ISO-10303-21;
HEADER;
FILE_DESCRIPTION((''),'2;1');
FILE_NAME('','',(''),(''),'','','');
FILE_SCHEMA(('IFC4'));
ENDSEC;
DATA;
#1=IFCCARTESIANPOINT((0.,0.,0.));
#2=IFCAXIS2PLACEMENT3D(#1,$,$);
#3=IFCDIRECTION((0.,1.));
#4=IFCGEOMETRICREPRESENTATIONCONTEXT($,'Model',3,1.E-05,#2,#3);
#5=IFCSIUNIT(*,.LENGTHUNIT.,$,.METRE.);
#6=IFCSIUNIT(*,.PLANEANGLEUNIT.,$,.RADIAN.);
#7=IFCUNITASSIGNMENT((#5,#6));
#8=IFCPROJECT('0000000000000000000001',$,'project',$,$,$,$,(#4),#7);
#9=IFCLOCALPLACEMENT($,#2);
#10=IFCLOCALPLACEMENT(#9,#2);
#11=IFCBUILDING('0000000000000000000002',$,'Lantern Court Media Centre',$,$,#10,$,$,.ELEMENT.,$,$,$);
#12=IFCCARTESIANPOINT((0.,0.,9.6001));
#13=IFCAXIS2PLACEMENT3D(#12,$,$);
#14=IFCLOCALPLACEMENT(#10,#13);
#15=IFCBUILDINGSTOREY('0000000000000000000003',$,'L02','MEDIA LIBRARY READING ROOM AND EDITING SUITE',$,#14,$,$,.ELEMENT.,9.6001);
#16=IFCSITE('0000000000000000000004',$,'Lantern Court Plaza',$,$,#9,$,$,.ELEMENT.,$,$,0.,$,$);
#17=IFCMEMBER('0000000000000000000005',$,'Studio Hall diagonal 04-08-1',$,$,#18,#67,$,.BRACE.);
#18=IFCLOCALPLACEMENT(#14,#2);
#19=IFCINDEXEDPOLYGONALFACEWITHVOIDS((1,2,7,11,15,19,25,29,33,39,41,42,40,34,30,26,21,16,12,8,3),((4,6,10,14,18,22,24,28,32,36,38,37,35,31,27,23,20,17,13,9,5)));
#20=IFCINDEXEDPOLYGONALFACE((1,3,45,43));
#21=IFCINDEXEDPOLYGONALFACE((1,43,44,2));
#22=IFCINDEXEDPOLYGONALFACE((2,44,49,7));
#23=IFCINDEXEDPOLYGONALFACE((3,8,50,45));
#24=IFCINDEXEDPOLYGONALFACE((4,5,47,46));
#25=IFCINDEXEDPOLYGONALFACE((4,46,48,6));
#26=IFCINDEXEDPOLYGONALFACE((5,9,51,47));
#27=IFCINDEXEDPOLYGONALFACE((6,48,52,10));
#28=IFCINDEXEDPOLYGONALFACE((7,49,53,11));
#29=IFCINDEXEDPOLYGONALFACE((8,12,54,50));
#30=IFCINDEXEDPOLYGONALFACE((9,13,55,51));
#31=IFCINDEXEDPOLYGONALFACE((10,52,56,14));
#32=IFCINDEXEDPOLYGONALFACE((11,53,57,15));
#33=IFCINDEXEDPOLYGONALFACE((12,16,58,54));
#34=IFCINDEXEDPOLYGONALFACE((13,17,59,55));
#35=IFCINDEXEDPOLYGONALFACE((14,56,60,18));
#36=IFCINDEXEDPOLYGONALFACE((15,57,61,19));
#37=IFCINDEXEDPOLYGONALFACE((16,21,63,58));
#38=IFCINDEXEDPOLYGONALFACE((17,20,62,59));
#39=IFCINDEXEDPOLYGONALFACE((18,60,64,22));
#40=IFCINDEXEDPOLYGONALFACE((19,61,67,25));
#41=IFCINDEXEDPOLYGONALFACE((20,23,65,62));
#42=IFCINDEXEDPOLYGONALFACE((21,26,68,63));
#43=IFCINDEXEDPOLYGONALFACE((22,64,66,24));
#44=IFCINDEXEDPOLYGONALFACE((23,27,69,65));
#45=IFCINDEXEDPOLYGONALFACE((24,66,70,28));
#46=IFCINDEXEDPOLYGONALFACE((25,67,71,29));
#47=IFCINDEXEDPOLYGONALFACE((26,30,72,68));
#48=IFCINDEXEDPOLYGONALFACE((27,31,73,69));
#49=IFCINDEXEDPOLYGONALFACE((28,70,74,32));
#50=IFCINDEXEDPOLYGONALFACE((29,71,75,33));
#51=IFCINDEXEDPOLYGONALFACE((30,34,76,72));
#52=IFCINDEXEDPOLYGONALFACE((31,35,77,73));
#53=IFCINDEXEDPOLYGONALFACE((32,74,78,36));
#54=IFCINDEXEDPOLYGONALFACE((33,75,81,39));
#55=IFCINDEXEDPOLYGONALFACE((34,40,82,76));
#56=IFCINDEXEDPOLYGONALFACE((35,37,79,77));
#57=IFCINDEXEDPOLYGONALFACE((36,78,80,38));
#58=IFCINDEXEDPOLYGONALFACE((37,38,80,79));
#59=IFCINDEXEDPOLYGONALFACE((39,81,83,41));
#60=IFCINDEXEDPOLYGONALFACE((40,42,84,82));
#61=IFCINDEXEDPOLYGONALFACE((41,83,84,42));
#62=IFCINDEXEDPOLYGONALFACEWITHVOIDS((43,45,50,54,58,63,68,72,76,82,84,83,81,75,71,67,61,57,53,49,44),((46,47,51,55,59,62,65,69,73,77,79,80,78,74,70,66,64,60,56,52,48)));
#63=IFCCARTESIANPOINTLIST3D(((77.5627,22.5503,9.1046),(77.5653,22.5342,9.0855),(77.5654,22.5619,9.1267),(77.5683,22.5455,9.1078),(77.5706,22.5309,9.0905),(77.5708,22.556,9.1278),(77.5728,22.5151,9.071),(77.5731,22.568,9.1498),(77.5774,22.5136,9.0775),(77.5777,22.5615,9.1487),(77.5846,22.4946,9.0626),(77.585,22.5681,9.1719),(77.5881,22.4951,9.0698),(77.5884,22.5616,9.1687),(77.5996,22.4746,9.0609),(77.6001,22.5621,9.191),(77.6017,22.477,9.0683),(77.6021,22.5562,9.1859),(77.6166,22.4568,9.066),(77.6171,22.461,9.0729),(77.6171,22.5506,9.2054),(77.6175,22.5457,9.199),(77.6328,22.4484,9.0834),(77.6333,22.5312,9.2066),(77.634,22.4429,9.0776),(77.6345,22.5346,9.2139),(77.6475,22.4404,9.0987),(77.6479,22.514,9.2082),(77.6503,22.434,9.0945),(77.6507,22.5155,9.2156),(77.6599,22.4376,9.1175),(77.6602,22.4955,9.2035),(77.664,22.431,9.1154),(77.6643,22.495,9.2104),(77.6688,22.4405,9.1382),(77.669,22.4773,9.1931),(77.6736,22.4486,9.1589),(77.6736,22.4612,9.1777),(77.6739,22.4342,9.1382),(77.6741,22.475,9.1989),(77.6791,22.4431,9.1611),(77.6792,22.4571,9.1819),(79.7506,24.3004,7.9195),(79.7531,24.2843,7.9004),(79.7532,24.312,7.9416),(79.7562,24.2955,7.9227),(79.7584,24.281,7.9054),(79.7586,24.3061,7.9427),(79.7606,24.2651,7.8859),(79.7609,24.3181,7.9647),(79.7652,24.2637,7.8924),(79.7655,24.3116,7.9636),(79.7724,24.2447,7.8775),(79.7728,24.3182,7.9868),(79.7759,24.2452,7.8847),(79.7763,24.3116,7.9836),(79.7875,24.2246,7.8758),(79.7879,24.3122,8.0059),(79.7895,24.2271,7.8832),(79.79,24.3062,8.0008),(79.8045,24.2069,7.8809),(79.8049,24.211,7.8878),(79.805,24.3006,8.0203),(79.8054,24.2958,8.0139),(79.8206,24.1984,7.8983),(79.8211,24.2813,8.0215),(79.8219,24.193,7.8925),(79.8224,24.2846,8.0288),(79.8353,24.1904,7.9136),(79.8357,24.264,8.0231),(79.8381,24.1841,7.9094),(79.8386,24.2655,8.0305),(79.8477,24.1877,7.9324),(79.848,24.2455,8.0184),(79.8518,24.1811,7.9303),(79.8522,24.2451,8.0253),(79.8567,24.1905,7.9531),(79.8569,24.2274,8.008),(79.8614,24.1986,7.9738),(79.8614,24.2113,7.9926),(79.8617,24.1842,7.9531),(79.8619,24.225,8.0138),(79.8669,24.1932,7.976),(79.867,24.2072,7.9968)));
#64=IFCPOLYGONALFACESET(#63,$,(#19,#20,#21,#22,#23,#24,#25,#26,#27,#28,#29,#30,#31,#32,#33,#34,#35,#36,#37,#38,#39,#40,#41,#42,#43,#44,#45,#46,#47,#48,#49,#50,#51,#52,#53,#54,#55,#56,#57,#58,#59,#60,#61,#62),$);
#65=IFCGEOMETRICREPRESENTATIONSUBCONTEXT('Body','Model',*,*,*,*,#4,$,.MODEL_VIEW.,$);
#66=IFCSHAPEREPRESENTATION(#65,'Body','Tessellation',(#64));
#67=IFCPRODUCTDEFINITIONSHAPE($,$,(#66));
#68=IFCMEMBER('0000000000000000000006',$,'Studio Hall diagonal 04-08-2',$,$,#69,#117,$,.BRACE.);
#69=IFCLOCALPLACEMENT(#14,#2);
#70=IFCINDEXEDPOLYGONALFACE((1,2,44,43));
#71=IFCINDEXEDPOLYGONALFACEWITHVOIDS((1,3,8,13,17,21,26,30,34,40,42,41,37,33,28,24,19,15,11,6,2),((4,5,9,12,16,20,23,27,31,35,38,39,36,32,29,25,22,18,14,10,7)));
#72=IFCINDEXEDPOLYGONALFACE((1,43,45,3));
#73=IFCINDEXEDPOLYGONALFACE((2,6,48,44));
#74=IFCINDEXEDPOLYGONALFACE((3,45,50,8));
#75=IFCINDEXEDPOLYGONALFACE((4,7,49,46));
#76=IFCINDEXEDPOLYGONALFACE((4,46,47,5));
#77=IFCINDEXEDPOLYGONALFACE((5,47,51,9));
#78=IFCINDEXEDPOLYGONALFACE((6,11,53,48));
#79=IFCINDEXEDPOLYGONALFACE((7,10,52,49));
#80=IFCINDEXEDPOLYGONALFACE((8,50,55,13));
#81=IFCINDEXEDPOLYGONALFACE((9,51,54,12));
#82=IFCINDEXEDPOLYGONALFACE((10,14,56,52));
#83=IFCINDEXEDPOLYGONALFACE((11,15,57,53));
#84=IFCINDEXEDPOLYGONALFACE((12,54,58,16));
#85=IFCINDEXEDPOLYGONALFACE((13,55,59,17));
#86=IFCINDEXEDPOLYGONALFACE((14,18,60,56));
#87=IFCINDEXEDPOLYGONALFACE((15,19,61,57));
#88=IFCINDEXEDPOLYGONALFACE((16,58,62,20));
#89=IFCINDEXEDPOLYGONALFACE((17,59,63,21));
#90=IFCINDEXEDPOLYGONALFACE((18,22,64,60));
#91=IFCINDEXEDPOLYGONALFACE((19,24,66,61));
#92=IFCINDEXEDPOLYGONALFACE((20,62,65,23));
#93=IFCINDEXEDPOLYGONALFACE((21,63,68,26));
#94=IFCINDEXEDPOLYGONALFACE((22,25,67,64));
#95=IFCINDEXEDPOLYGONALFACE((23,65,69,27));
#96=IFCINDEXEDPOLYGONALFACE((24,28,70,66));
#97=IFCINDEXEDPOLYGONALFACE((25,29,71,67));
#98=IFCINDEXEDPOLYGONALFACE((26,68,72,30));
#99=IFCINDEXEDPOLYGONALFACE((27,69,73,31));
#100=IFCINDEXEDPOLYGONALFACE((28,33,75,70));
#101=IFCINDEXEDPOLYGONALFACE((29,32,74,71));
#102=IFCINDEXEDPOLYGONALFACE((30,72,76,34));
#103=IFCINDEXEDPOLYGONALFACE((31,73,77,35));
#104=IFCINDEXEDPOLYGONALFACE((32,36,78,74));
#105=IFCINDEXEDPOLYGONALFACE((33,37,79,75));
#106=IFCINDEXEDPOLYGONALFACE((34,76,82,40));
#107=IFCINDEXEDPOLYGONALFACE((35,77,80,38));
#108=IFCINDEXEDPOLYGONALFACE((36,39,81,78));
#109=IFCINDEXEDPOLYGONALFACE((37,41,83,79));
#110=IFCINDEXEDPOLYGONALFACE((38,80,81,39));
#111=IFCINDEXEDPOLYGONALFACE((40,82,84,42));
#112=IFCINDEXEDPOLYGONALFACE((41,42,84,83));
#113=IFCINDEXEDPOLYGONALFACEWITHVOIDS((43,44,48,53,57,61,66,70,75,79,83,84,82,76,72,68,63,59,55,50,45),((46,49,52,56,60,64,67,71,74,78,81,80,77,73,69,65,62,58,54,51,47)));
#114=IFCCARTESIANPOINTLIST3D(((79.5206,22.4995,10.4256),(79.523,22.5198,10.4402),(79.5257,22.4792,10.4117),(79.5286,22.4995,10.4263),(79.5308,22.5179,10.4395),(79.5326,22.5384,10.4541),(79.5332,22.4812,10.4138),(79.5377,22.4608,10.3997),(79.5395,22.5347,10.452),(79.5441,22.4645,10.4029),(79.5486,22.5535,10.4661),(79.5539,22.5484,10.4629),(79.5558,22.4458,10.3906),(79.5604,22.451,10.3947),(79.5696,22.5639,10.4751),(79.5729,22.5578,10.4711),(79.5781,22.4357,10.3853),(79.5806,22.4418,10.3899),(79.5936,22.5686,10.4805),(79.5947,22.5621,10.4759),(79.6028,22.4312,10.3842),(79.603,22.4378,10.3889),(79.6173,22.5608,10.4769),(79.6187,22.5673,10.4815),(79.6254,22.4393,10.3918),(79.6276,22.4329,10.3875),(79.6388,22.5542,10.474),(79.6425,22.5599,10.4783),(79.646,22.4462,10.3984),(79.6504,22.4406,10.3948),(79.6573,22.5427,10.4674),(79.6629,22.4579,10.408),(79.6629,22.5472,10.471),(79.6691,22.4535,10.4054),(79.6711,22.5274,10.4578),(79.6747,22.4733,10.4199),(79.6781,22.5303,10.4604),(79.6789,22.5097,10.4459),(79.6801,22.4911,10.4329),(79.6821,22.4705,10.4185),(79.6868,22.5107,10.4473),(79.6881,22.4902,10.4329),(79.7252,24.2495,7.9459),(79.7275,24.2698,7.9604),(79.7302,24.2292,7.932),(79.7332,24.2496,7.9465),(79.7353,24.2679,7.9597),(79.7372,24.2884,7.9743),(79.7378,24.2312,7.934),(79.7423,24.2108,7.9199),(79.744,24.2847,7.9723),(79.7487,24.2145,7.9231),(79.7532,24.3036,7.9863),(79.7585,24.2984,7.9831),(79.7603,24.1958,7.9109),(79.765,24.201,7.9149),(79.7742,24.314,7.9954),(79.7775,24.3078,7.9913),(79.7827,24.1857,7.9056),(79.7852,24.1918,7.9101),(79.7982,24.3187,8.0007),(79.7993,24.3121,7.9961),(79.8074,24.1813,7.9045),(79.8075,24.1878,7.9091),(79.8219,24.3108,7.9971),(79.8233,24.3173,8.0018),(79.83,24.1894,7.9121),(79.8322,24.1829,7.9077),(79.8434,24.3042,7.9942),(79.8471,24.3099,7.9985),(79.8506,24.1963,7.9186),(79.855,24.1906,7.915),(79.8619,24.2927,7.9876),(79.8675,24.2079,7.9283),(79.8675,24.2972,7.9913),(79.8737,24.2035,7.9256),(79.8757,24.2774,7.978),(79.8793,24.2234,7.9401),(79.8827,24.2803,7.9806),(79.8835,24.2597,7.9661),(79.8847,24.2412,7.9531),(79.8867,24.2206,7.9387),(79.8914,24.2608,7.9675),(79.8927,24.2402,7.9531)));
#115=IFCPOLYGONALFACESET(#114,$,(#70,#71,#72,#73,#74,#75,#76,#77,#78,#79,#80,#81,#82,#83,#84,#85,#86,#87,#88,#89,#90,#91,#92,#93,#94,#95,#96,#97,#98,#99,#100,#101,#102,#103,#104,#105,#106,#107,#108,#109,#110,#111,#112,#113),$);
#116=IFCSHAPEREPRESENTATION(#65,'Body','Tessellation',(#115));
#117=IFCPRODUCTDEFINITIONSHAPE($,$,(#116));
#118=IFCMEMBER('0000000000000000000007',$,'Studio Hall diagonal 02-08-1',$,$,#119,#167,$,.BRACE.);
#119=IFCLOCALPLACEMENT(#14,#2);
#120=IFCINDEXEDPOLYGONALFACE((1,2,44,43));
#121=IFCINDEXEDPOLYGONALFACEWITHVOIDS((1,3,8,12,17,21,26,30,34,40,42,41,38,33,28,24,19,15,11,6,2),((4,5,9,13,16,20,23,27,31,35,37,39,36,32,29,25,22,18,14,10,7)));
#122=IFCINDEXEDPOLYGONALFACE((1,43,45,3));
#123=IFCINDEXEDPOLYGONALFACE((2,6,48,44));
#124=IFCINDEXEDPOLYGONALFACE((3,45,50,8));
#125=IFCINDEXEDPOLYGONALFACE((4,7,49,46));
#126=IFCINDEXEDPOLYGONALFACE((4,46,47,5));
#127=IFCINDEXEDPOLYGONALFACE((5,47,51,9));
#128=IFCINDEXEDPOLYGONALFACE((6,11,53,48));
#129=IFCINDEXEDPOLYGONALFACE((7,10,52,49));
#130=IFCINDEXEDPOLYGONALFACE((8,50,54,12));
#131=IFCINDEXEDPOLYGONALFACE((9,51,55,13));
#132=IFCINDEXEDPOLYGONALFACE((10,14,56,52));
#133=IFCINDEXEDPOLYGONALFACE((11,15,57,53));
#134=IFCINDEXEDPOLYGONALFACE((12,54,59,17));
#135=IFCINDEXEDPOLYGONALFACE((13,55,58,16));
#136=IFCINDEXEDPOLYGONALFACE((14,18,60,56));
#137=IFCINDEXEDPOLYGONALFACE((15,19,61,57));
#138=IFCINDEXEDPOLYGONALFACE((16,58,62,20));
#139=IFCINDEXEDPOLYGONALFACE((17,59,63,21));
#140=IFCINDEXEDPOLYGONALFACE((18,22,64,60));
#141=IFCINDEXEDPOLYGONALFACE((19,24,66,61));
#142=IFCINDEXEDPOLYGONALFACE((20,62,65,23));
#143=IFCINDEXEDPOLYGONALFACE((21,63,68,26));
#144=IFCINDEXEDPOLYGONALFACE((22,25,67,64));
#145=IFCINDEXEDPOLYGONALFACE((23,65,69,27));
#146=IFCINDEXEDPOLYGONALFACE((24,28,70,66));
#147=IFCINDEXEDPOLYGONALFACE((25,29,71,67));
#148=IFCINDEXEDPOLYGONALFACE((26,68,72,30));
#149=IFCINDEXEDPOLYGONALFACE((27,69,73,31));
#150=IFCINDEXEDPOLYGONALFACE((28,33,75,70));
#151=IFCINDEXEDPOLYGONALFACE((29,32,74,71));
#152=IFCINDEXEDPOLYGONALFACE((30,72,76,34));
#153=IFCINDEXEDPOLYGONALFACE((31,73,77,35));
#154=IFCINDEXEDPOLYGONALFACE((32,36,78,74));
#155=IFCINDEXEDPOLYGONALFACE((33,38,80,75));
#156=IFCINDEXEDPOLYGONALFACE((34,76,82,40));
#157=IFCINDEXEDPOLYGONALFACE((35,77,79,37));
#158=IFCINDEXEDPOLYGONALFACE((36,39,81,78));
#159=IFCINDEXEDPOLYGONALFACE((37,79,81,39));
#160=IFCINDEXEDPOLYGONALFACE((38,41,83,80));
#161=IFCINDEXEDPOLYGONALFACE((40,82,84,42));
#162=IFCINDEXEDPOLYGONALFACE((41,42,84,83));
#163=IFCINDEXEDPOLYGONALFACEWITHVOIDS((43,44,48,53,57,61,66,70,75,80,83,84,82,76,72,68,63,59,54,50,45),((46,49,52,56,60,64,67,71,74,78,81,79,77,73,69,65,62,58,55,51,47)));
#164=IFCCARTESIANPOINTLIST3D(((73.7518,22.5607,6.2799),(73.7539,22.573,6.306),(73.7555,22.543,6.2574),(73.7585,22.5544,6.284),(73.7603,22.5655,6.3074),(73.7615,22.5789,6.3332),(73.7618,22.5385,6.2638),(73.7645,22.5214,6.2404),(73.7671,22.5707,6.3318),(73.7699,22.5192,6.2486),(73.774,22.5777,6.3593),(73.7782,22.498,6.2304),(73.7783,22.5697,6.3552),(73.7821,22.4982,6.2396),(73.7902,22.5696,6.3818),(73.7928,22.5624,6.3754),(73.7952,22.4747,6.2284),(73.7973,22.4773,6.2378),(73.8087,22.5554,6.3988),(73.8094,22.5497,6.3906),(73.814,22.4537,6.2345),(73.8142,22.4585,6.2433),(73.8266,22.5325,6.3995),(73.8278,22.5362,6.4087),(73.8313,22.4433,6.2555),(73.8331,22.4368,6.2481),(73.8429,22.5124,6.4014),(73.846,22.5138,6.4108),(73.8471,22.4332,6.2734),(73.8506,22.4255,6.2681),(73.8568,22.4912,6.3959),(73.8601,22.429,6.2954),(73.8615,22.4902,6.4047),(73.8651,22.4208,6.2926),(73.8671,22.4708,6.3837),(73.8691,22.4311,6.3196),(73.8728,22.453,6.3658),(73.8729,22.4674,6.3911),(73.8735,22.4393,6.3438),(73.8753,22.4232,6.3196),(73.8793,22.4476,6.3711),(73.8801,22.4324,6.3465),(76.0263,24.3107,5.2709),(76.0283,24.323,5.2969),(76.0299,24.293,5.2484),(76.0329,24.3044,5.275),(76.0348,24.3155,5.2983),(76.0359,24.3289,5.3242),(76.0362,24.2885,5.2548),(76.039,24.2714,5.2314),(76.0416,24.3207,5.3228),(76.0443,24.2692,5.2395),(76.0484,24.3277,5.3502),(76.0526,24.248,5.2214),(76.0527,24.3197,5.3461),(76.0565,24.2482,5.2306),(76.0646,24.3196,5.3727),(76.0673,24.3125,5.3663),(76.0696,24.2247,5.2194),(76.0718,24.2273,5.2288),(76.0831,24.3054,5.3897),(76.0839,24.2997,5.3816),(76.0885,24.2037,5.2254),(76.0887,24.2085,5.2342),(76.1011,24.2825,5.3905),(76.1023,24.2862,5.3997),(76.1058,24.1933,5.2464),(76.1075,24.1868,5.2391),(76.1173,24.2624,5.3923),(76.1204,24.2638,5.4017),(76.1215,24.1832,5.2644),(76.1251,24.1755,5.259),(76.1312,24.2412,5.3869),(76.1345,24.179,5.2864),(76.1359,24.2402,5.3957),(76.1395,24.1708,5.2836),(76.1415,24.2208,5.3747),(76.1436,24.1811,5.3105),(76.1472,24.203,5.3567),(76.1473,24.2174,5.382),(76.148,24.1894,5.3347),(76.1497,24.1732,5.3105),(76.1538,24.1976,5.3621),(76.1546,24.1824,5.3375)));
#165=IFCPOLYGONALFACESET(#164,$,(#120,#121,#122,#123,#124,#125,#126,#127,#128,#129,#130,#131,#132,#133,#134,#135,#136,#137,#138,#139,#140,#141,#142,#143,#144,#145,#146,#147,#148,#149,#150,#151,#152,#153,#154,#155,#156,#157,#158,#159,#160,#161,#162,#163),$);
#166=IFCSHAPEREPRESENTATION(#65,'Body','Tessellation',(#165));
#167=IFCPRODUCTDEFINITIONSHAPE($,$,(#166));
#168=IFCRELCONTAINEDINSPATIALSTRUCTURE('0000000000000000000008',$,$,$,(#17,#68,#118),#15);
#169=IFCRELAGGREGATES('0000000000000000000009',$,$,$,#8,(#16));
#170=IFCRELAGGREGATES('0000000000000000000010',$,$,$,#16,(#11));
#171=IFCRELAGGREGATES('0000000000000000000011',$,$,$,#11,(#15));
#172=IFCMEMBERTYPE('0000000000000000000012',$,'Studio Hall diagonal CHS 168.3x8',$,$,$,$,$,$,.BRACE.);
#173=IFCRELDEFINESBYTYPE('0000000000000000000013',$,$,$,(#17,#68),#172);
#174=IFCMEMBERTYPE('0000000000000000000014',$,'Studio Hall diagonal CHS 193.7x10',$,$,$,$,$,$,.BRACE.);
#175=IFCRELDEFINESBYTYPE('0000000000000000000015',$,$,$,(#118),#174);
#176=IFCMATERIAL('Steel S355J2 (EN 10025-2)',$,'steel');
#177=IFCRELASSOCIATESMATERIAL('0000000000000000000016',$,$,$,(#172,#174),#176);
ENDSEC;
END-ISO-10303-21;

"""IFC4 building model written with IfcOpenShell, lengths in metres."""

from ifc_helpers import new_model, si_unit, direction, frame, origin, origin_2d, place, context, subcontext, project, spatial, hollow_circle, extrude, material, material_profile, profile_set, type_object, element, save


model = new_model("IFC4")

# Units and contexts
model_context = context("Model", 3, precision=1e-05, world=origin(), true_north=direction((0.0, 1.0)))
body_context = subcontext(model_context, "Body", "Model", "MODEL_VIEW")
ifc_project = project(units=[si_unit("LENGTHUNIT", "METRE"), si_unit("PLANEANGLEUNIT", "RADIAN")], contexts=[model_context])

# Site, building, storey
site_placement = place(None, origin())
site = spatial("IfcSite", under=ifc_project, at=site_placement, Name="Lantern Court Plaza", CompositionType="ELEMENT", RefElevation=0.0)
building_placement = place(site_placement, origin())
building = spatial("IfcBuilding", under=site, at=building_placement, Name="Lantern Court Media Centre", CompositionType="ELEMENT")
storey_placement = place(building_placement, frame((0.0, 0.0, 9.6001)))
storey = spatial("IfcBuildingStorey", under=building, at=storey_placement, Name="L02", Description="MEDIA LIBRARY READING ROOM AND EDITING SUITE", CompositionType="ELEMENT", Elevation=9.6001)

# Members
ifc_material = material(Name="Steel S355J2 (EN 10025-2)", Category="steel")
ifc_material_profile_1 = material_profile(ifc_material, hollow_circle(Radius=0.0842, WallThickness=0.0081, at=origin_2d()), Name="Studio Hall diagonal CHS 168.3x8")
ifc_profile_set_1 = profile_set([ifc_material_profile_1], Name="Steel S355J2 (EN 10025-2)")
member_type_1 = type_object("IfcMemberType", Name="Studio Hall diagonal CHS 168.3x8", PredefinedType="BRACE", material=ifc_profile_set_1)
for number, where, z_axis, x_axis, name in (
    (1, (79.8091, 24.25, 7.9531), (-0.719206, -0.5753, 0.38958), (0.624653, -0.780903, 0.0), "Studio Hall diagonal 04-08-1"),
    (2, (79.8091, 24.25, 7.9531), (-0.067256, -0.575289, 0.81518), (0.993235, -0.116118, 0.0), "Studio Hall diagonal 04-08-2"),
):
    element("IfcMember", number, at=place(storey_placement, frame(where, z_axis=z_axis, x_axis=x_axis)), inside=storey, type_object=member_type_1, Name=name, PredefinedType="BRACE", context=body_context, shape_type="SweptSolid", body=[
        extrude(hollow_circle(Radius=0.0842, WallThickness=0.0081, at=origin_2d()), origin(), (0.0, 0.0, 1.0), 3.042),
    ])
ifc_material_profile_2 = material_profile(ifc_material, hollow_circle(Radius=0.0969, WallThickness=0.01, at=origin_2d()), Name="Studio Hall diagonal CHS 193.7x10")
ifc_profile_set_2 = profile_set([ifc_material_profile_2], Name="Steel S355J2 (EN 10025-2)")
member_type_2 = type_object("IfcMemberType", Name="Studio Hall diagonal CHS 193.7x10", PredefinedType="BRACE", material=ifc_profile_set_2)
for number, where, z_axis, x_axis, name in (
    (3, (76.0906, 24.25, 5.3105), (-0.747677, -0.575284, 0.331703), (0.609809, -0.792548, 0.0), "Studio Hall diagonal 02-08-1"),
):
    element("IfcMember", number, at=place(storey_placement, frame(where, z_axis=z_axis, x_axis=x_axis)), inside=storey, type_object=member_type_2, Name=name, PredefinedType="BRACE", context=body_context, shape_type="SweptSolid", body=[
        extrude(hollow_circle(Radius=0.0969, WallThickness=0.01, at=origin_2d()), origin(), (0.0, 0.0, 1.0), 3.042),
    ])

save(model, "model.ifc")
